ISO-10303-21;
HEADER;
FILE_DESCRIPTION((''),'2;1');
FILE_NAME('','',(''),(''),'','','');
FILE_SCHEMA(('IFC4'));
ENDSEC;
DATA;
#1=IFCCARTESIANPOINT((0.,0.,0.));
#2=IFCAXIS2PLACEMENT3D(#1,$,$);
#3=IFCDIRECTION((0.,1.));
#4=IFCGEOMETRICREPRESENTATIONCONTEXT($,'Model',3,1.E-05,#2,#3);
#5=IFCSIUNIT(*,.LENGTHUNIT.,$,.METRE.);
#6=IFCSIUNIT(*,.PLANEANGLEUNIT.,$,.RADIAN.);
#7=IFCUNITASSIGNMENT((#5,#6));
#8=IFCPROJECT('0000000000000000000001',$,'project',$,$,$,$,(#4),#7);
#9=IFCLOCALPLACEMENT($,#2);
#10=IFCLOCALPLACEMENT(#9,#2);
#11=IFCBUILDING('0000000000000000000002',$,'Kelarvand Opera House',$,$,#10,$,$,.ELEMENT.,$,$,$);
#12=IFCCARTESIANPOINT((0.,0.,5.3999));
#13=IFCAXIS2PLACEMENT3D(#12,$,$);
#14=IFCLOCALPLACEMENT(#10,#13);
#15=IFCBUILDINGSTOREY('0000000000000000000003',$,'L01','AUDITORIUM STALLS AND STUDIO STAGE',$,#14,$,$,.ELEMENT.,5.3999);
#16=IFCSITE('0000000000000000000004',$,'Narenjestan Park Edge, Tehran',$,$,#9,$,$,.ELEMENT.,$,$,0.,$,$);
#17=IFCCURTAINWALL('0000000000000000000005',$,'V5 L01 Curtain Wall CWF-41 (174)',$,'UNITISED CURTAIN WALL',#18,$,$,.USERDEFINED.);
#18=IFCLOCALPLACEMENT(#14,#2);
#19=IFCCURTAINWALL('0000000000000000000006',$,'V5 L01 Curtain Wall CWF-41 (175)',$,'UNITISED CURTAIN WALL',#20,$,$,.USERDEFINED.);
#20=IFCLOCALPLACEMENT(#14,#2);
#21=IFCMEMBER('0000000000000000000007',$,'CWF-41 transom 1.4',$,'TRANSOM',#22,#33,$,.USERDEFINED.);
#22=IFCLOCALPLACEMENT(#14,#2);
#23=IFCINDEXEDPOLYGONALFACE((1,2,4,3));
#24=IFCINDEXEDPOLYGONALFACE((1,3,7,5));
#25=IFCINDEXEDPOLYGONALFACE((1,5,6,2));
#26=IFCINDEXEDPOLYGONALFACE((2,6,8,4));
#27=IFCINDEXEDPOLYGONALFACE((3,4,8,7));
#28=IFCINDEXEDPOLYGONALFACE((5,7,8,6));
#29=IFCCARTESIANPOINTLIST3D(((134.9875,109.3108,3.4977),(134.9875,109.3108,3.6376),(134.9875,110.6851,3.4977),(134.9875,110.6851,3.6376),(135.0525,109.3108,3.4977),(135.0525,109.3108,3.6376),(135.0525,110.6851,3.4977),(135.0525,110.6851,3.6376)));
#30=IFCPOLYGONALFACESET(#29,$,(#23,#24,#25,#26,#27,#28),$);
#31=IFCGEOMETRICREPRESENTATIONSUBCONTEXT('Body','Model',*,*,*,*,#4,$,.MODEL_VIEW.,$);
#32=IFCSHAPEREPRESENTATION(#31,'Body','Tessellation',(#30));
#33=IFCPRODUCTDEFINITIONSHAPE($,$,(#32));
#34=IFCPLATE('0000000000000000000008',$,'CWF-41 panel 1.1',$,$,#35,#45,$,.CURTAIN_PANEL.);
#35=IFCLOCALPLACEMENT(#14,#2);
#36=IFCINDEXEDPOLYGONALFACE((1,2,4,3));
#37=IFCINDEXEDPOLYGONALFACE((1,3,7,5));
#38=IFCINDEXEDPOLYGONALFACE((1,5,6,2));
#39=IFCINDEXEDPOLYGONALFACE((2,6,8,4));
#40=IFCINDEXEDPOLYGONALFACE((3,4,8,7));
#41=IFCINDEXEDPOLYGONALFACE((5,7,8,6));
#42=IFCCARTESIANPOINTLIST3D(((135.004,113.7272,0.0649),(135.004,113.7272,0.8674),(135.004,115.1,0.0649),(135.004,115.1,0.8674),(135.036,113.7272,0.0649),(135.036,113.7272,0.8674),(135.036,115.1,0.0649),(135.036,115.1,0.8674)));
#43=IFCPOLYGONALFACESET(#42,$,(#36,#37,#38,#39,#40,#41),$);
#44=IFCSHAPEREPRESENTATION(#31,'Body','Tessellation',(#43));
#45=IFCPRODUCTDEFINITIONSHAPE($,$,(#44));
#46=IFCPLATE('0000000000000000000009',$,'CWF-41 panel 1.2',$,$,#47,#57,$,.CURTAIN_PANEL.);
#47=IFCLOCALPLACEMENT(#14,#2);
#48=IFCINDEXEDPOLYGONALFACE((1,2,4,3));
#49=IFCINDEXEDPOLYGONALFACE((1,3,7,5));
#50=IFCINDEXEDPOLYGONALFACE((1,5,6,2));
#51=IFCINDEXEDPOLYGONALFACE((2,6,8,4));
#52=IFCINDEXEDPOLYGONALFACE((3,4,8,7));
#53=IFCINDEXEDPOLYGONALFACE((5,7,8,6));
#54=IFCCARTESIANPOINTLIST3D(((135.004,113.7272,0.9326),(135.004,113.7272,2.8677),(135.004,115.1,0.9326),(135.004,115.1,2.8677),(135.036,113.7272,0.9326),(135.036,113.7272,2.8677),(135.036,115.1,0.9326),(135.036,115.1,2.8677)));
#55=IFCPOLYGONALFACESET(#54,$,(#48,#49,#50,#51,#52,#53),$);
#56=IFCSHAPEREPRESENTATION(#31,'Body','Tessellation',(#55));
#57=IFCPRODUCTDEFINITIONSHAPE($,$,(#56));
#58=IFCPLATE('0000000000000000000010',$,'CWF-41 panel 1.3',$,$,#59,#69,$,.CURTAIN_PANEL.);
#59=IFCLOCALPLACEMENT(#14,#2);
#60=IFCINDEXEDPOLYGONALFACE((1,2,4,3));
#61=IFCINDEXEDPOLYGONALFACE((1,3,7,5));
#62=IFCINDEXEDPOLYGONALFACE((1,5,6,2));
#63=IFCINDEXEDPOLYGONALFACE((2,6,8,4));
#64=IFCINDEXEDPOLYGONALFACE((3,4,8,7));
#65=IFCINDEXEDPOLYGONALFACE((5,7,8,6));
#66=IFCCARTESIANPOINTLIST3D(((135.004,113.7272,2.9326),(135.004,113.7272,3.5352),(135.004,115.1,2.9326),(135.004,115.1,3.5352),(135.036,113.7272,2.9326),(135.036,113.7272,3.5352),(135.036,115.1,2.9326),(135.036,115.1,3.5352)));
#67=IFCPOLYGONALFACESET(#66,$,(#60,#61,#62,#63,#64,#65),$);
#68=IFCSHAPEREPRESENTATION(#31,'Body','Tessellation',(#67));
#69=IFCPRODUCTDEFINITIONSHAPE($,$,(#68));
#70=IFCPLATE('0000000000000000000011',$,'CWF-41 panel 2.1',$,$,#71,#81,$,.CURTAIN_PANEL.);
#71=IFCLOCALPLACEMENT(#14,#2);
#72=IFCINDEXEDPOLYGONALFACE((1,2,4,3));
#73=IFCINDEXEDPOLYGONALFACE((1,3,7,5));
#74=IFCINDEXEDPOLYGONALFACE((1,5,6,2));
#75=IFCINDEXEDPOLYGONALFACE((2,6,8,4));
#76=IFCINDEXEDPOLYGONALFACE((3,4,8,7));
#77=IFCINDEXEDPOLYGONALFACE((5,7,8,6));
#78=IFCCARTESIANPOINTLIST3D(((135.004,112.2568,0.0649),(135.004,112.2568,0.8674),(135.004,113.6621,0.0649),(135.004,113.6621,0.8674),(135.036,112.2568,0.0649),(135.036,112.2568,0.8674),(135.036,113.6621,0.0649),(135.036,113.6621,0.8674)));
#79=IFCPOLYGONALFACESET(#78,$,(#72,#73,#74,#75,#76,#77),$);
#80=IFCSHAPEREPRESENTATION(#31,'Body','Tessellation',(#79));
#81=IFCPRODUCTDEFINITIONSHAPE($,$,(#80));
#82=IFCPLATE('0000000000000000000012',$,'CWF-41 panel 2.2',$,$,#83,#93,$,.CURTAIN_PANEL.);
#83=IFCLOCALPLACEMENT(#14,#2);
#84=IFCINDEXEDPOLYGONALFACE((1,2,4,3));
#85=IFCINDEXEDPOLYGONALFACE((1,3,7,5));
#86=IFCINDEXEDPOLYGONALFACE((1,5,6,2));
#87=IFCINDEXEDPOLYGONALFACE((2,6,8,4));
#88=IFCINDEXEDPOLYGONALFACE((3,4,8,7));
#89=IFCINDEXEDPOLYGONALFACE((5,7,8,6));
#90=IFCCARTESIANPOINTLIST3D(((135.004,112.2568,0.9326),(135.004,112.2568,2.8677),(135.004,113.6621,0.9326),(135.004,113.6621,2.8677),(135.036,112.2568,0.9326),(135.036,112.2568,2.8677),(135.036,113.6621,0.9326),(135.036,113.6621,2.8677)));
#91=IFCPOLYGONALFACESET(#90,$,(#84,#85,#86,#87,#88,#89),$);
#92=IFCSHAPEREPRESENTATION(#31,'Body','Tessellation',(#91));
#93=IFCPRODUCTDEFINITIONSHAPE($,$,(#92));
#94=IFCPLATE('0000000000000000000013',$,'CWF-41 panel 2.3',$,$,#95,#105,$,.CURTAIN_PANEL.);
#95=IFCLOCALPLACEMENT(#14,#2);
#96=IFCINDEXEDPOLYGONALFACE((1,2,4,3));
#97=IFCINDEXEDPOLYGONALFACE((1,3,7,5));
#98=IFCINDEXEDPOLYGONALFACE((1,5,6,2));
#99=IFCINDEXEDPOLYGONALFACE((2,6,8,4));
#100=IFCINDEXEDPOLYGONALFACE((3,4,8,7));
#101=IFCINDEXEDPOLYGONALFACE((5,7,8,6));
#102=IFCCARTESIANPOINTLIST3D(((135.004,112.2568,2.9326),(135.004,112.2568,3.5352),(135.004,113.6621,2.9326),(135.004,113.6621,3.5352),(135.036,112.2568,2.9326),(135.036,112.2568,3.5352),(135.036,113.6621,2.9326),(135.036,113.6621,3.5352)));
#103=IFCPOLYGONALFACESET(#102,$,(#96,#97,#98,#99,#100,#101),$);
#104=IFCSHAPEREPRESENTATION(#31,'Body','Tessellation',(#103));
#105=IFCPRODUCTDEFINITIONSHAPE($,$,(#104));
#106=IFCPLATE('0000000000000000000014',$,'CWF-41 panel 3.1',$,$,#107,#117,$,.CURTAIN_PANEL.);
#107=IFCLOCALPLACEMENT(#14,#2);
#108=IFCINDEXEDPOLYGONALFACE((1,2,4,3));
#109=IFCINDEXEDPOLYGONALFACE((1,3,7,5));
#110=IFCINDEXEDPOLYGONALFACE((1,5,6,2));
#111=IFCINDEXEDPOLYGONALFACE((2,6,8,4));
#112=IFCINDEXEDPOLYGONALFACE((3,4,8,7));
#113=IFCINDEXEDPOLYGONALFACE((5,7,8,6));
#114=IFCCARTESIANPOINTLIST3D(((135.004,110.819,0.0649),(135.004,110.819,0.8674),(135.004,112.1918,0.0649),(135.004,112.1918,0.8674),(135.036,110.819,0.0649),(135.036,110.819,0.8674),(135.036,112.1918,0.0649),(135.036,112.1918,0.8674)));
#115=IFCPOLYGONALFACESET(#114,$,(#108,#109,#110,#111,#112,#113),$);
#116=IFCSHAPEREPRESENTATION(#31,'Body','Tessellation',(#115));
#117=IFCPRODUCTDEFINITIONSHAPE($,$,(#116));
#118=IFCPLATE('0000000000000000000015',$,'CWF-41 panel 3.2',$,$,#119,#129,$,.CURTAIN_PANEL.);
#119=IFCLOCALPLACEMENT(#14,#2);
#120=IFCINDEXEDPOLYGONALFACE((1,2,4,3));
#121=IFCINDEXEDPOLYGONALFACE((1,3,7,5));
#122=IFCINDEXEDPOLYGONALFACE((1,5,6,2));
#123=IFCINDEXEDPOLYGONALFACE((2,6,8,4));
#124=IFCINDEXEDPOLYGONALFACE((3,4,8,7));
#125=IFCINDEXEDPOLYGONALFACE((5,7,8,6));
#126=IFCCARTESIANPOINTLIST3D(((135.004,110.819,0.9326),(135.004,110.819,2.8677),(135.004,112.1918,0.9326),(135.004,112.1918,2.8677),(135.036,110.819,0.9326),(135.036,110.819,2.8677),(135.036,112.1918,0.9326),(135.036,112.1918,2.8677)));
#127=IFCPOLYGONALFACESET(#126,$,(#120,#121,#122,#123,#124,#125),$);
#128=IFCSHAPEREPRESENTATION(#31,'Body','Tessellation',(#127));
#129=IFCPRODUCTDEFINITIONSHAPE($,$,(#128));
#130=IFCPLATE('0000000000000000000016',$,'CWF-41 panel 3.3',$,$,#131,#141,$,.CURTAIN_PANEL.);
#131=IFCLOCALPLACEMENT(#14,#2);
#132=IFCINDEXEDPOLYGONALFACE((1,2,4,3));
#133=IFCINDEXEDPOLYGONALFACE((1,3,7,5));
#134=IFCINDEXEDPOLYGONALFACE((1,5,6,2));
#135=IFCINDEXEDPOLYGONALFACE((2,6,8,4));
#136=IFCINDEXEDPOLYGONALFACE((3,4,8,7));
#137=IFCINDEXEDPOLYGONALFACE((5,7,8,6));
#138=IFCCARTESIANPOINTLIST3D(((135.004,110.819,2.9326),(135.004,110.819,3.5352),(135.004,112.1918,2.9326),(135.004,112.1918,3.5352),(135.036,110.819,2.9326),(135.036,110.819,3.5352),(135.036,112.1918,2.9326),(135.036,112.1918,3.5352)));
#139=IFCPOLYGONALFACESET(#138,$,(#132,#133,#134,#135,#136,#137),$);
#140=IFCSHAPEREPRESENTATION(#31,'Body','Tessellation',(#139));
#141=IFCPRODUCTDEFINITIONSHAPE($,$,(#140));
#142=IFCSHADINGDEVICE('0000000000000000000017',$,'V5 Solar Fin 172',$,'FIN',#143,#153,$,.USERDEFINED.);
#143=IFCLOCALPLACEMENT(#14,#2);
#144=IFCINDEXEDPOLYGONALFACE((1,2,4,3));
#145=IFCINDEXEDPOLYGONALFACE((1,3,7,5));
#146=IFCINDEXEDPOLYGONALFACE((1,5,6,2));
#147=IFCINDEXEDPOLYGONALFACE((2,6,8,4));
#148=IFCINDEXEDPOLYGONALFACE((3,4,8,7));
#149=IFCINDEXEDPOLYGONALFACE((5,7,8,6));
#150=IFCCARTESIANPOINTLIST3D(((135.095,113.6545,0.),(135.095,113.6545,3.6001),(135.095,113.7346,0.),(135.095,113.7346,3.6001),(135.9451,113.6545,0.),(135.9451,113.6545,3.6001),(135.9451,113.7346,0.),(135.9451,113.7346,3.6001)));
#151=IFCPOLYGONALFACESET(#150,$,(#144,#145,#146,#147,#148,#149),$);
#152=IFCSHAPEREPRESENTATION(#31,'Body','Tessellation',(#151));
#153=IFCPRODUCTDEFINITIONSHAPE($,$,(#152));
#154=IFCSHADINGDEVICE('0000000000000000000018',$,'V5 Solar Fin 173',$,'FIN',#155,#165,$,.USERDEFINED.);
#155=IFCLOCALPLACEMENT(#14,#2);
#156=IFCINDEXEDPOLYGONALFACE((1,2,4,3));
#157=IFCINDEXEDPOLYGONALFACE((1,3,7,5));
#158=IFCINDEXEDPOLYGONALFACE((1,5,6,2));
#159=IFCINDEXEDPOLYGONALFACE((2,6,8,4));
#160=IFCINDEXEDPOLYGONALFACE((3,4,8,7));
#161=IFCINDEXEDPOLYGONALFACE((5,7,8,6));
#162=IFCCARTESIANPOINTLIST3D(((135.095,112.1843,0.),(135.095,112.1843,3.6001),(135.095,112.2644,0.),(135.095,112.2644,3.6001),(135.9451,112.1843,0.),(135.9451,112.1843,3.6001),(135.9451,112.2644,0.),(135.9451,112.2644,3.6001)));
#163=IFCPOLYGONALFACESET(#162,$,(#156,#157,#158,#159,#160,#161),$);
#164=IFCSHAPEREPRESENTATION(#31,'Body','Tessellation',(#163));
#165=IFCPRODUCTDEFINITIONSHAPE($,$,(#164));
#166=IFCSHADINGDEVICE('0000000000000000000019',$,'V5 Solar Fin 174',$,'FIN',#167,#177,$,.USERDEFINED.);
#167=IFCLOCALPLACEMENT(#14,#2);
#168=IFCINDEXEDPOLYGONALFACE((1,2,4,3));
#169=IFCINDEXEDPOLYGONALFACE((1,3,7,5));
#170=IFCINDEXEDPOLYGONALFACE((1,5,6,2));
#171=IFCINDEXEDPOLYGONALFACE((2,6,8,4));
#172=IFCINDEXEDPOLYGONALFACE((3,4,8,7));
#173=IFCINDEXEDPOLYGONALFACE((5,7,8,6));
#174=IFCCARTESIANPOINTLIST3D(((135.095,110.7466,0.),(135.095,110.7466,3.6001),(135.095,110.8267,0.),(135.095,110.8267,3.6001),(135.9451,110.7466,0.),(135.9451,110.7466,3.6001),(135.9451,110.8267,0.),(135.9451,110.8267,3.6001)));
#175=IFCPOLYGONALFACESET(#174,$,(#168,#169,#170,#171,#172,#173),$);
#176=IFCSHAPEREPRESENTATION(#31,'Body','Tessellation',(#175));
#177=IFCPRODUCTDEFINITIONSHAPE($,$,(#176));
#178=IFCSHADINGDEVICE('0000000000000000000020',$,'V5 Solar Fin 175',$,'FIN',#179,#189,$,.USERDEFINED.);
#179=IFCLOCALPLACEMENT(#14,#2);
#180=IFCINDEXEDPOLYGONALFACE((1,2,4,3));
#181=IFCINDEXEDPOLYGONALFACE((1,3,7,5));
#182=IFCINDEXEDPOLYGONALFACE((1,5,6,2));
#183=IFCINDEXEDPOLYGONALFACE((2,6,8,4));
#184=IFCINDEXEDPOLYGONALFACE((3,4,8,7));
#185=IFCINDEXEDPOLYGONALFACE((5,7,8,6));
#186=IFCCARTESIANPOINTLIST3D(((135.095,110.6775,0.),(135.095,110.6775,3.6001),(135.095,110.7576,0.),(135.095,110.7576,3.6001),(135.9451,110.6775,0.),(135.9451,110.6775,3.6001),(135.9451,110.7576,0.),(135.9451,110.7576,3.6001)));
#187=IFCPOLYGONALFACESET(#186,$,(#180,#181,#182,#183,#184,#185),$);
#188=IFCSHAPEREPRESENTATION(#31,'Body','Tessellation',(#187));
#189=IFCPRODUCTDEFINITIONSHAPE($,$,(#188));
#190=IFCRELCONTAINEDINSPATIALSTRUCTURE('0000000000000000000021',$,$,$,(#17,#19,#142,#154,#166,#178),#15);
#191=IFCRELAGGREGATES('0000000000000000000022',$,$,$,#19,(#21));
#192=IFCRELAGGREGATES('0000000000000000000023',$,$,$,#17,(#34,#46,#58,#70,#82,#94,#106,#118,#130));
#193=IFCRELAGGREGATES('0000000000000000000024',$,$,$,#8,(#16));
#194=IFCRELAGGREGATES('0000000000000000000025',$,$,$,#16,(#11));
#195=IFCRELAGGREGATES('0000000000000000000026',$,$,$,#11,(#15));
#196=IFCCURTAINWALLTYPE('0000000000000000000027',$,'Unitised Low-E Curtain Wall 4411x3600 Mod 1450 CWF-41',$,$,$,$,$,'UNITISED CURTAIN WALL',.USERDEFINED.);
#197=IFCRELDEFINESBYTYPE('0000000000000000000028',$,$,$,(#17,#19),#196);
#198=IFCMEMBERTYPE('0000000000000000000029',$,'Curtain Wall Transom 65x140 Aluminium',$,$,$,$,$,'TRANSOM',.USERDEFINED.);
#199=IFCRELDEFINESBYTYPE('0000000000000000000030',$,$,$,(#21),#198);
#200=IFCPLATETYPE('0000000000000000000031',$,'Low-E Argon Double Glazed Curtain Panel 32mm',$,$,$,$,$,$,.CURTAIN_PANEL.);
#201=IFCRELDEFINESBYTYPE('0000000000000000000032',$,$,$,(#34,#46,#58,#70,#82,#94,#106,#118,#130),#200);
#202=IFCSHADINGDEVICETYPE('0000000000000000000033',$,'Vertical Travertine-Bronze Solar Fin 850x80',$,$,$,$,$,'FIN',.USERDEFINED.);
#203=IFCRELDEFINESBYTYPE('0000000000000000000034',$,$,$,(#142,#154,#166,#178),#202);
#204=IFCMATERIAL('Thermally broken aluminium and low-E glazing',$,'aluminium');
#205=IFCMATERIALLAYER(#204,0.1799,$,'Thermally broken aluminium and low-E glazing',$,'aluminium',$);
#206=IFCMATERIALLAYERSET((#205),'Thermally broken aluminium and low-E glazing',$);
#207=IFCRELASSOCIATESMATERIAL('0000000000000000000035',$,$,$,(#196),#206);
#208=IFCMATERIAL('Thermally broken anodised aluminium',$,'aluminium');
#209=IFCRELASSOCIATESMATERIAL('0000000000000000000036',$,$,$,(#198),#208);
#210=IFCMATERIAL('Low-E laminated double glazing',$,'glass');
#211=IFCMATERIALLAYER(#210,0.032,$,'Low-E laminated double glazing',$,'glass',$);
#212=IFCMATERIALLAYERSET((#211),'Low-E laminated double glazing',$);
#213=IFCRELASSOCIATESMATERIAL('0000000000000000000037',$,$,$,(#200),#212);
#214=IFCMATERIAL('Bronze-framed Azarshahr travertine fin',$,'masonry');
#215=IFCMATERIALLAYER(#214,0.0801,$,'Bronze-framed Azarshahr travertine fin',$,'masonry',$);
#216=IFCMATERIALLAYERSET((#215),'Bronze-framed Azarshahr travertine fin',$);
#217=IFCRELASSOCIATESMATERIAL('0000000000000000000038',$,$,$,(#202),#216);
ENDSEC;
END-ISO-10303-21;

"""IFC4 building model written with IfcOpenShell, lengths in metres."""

from ifc_helpers import new_model, si_unit, direction, frame, origin, origin_2d, place, context, subcontext, project, spatial, rectangle, extrude, material, layer, layer_set, material_profile, profile_set, type_object, element, aggregate, save


model = new_model("IFC4")

# Units and contexts
model_context = context("Model", 3, precision=1e-05, world=origin(), true_north=direction((0.0, 1.0)))
body_context = subcontext(model_context, "Body", "Model", "MODEL_VIEW")
ifc_project = project(units=[si_unit("LENGTHUNIT", "METRE"), si_unit("PLANEANGLEUNIT", "RADIAN")], contexts=[model_context])

# Site, building, storey
site_placement = place(None, origin())
site = spatial("IfcSite", under=ifc_project, at=site_placement, Name="Narenjestan Park Edge, Tehran", CompositionType="ELEMENT", RefElevation=0.0)
building_placement = place(site_placement, origin())
building = spatial("IfcBuilding", under=site, at=building_placement, Name="Kelarvand Opera House", CompositionType="ELEMENT")
storey_placement = place(building_placement, frame((0.0, 0.0, 5.3999)))
storey = spatial("IfcBuildingStorey", under=building, at=storey_placement, Name="L01", Description="AUDITORIUM STALLS AND STUDIO STAGE", CompositionType="ELEMENT", Elevation=5.3999)

# Curtain wall
ifc_material_1 = material(Name="Thermally broken aluminium and low-E glazing", Category="aluminium")
ifc_layer_1 = layer(ifc_material_1, 0.1799, Name="Thermally broken aluminium and low-E glazing", Category="aluminium")
ifc_layer_set_1 = layer_set([ifc_layer_1], Name="Thermally broken aluminium and low-E glazing")
curtain_wall_type = type_object("IfcCurtainWallType", Name="Unitised Low-E Curtain Wall 4411x3600 Mod 1450 CWF-41", ElementType="UNITISED CURTAIN WALL", PredefinedType="USERDEFINED", material=ifc_layer_set_1)
curtain_wall_1_placement = place(storey_placement, origin())
curtain_wall_1 = element("IfcCurtainWall", 1, at=curtain_wall_1_placement, inside=storey, type_object=curtain_wall_type, Name="V5 L01 Curtain Wall CWF-41 (174)", ObjectType="UNITISED CURTAIN WALL", PredefinedType="USERDEFINED")
ifc_material_2 = material(Name="Thermally broken anodised aluminium", Category="aluminium")

# Curtain wall
curtain_wall_2_placement = place(storey_placement, origin())
curtain_wall_2 = element("IfcCurtainWall", 2, at=curtain_wall_2_placement, inside=storey, type_object=curtain_wall_type, Name="V5 L01 Curtain Wall CWF-41 (175)", ObjectType="UNITISED CURTAIN WALL", PredefinedType="USERDEFINED")

# Member
ifc_material_profile_1 = material_profile(ifc_material_2, rectangle(XDim=0.0649, YDim=0.1399, at=origin_2d()), Name="ALU TRANSOM 65x140", Category="aluminium")
ifc_profile_set_1 = profile_set([ifc_material_profile_1], Name="Thermally broken anodised aluminium")
member_type_1 = type_object("IfcMemberType", Name="Curtain Wall Transom 65x140 Aluminium", ElementType="TRANSOM", PredefinedType="USERDEFINED", material=ifc_profile_set_1)
member_1_placement = place(storey_placement, frame((135.02, 110.6851, 3.5676), z_axis=(0.0, -1.0, 0.0), x_axis=(1.0, 0.0, 0.0)))
member_1 = element("IfcMember", 3, at=member_1_placement, type_object=member_type_1, Name="CWF-41 transom 1.4", ObjectType="TRANSOM", PredefinedType="USERDEFINED", context=body_context, shape_type="SweptSolid", body=[
    extrude(rectangle(XDim=0.0649, YDim=0.1399, at=origin_2d()), origin(), (0.0, 0.0, 1.0), 1.3743),
])
aggregate(curtain_wall_2, [member_1])

# Plates
ifc_material_3 = material(Name="Low-E laminated double glazing", Category="glass")
ifc_layer_2 = layer(ifc_material_3, 0.032, Name="Low-E laminated double glazing", Category="glass")
ifc_layer_set_2 = layer_set([ifc_layer_2], Name="Low-E laminated double glazing")
plate_type = type_object("IfcPlateType", Name="Low-E Argon Double Glazed Curtain Panel 32mm", PredefinedType="CURTAIN_PANEL", material=ifc_layer_set_2)
plate_1_placement = place(storey_placement, frame((135.02, 114.4136, 0.0649), z_axis=(0.0, 0.0, 1.0), x_axis=(0.0, -1.0, 0.0)))
plate_1 = element("IfcPlate", 4, at=plate_1_placement, type_object=plate_type, Name="CWF-41 panel 1.1", PredefinedType="CURTAIN_PANEL", context=body_context, shape_type="SweptSolid", body=[
    extrude(rectangle(XDim=1.3728, YDim=0.032, at=origin_2d()), origin(), (0.0, 0.0, 1.0), 0.8025),
])
plate_2_placement = place(storey_placement, frame((135.02, 114.4136, 0.9326), z_axis=(0.0, 0.0, 1.0), x_axis=(0.0, -1.0, 0.0)))
plate_2 = element("IfcPlate", 5, at=plate_2_placement, type_object=plate_type, Name="CWF-41 panel 1.2", PredefinedType="CURTAIN_PANEL", context=body_context, shape_type="SweptSolid", body=[
    extrude(rectangle(XDim=1.3728, YDim=0.032, at=origin_2d()), origin(), (0.0, 0.0, 1.0), 1.9351),
])
plate_3_placement = place(storey_placement, frame((135.02, 114.4136, 2.9326), z_axis=(0.0, 0.0, 1.0), x_axis=(0.0, -1.0, 0.0)))
plate_3 = element("IfcPlate", 6, at=plate_3_placement, type_object=plate_type, Name="CWF-41 panel 1.3", PredefinedType="CURTAIN_PANEL", context=body_context, shape_type="SweptSolid", body=[
    extrude(rectangle(XDim=1.3728, YDim=0.032, at=origin_2d()), origin(), (0.0, 0.0, 1.0), 0.6025),
])
plate_4_placement = place(storey_placement, frame((135.02, 112.9595, 0.0649), z_axis=(0.0, 0.0, 1.0), x_axis=(0.0, -1.0, 0.0)))
plate_4 = element("IfcPlate", 7, at=plate_4_placement, type_object=plate_type, Name="CWF-41 panel 2.1", PredefinedType="CURTAIN_PANEL", context=body_context, shape_type="SweptSolid", body=[
    extrude(rectangle(XDim=1.4053, YDim=0.032, at=origin_2d()), origin(), (0.0, 0.0, 1.0), 0.8025),
])
plate_5_placement = place(storey_placement, frame((135.02, 112.9595, 0.9326), z_axis=(0.0, 0.0, 1.0), x_axis=(0.0, -1.0, 0.0)))
plate_5 = element("IfcPlate", 8, at=plate_5_placement, type_object=plate_type, Name="CWF-41 panel 2.2", PredefinedType="CURTAIN_PANEL", context=body_context, shape_type="SweptSolid", body=[
    extrude(rectangle(XDim=1.4053, YDim=0.032, at=origin_2d()), origin(), (0.0, 0.0, 1.0), 1.9351),
])
plate_6_placement = place(storey_placement, frame((135.02, 112.9595, 2.9326), z_axis=(0.0, 0.0, 1.0), x_axis=(0.0, -1.0, 0.0)))
plate_6 = element("IfcPlate", 9, at=plate_6_placement, type_object=plate_type, Name="CWF-41 panel 2.3", PredefinedType="CURTAIN_PANEL", context=body_context, shape_type="SweptSolid", body=[
    extrude(rectangle(XDim=1.4053, YDim=0.032, at=origin_2d()), origin(), (0.0, 0.0, 1.0), 0.6025),
])
plate_7_placement = place(storey_placement, frame((135.02, 111.5054, 0.0649), z_axis=(0.0, 0.0, 1.0), x_axis=(0.0, -1.0, 0.0)))
plate_7 = element("IfcPlate", 10, at=plate_7_placement, type_object=plate_type, Name="CWF-41 panel 3.1", PredefinedType="CURTAIN_PANEL", context=body_context, shape_type="SweptSolid", body=[
    extrude(rectangle(XDim=1.3728, YDim=0.032, at=origin_2d()), origin(), (0.0, 0.0, 1.0), 0.8025),
])
plate_8_placement = place(storey_placement, frame((135.02, 111.5054, 0.9326), z_axis=(0.0, 0.0, 1.0), x_axis=(0.0, -1.0, 0.0)))
plate_8 = element("IfcPlate", 11, at=plate_8_placement, type_object=plate_type, Name="CWF-41 panel 3.2", PredefinedType="CURTAIN_PANEL", context=body_context, shape_type="SweptSolid", body=[
    extrude(rectangle(XDim=1.3728, YDim=0.032, at=origin_2d()), origin(), (0.0, 0.0, 1.0), 1.9351),
])
plate_9_placement = place(storey_placement, frame((135.02, 111.5054, 2.9326), z_axis=(0.0, 0.0, 1.0), x_axis=(0.0, -1.0, 0.0)))
plate_9 = element("IfcPlate", 12, at=plate_9_placement, type_object=plate_type, Name="CWF-41 panel 3.3", PredefinedType="CURTAIN_PANEL", context=body_context, shape_type="SweptSolid", body=[
    extrude(rectangle(XDim=1.3728, YDim=0.032, at=origin_2d()), origin(), (0.0, 0.0, 1.0), 0.6025),
])
aggregate(curtain_wall_1, [plate_1, plate_2, plate_3, plate_4, plate_5, plate_6, plate_7, plate_8, plate_9])

# Shading devices
ifc_material_4 = material(Name="Bronze-framed Azarshahr travertine fin", Category="masonry")
ifc_layer_3 = layer(ifc_material_4, 0.0801, Name="Bronze-framed Azarshahr travertine fin", Category="masonry")
ifc_layer_set_3 = layer_set([ifc_layer_3], Name="Bronze-framed Azarshahr travertine fin")
shading_device_type = type_object("IfcShadingDeviceType", Name="Vertical Travertine-Bronze Solar Fin 850x80", ElementType="FIN", PredefinedType="USERDEFINED", material=ifc_layer_set_3)
for number, where, z_axis, x_axis, name in (
    (13, (135.52, 113.6946, 0.0), (0.0, 0.0, 1.0), (1.0, 0.0, 0.0), "V5 Solar Fin 172"),
    (14, (135.52, 112.2244, 0.0), (0.0, 0.0, 1.0), (1.0, 0.0, 0.0), "V5 Solar Fin 173"),
    (15, (135.52, 110.7866, 0.0), (0.0, 0.0, 1.0), (1.0, 0.0, 0.0), "V5 Solar Fin 174"),
    (16, (135.52, 110.7175, 0.0), (0.0, 0.0, 1.0), (1.0, 0.0, 0.0), "V5 Solar Fin 175"),
):
    element("IfcShadingDevice", number, at=place(storey_placement, frame(where, z_axis=z_axis, x_axis=x_axis)), inside=storey, type_object=shading_device_type, Name=name, ObjectType="FIN", PredefinedType="USERDEFINED", context=body_context, shape_type="SweptSolid", body=[
        extrude(rectangle(XDim=0.8501, YDim=0.0801, at=origin_2d()), origin(), (0.0, 0.0, 1.0), 3.6001),
    ])

save(model, "model.ifc")
